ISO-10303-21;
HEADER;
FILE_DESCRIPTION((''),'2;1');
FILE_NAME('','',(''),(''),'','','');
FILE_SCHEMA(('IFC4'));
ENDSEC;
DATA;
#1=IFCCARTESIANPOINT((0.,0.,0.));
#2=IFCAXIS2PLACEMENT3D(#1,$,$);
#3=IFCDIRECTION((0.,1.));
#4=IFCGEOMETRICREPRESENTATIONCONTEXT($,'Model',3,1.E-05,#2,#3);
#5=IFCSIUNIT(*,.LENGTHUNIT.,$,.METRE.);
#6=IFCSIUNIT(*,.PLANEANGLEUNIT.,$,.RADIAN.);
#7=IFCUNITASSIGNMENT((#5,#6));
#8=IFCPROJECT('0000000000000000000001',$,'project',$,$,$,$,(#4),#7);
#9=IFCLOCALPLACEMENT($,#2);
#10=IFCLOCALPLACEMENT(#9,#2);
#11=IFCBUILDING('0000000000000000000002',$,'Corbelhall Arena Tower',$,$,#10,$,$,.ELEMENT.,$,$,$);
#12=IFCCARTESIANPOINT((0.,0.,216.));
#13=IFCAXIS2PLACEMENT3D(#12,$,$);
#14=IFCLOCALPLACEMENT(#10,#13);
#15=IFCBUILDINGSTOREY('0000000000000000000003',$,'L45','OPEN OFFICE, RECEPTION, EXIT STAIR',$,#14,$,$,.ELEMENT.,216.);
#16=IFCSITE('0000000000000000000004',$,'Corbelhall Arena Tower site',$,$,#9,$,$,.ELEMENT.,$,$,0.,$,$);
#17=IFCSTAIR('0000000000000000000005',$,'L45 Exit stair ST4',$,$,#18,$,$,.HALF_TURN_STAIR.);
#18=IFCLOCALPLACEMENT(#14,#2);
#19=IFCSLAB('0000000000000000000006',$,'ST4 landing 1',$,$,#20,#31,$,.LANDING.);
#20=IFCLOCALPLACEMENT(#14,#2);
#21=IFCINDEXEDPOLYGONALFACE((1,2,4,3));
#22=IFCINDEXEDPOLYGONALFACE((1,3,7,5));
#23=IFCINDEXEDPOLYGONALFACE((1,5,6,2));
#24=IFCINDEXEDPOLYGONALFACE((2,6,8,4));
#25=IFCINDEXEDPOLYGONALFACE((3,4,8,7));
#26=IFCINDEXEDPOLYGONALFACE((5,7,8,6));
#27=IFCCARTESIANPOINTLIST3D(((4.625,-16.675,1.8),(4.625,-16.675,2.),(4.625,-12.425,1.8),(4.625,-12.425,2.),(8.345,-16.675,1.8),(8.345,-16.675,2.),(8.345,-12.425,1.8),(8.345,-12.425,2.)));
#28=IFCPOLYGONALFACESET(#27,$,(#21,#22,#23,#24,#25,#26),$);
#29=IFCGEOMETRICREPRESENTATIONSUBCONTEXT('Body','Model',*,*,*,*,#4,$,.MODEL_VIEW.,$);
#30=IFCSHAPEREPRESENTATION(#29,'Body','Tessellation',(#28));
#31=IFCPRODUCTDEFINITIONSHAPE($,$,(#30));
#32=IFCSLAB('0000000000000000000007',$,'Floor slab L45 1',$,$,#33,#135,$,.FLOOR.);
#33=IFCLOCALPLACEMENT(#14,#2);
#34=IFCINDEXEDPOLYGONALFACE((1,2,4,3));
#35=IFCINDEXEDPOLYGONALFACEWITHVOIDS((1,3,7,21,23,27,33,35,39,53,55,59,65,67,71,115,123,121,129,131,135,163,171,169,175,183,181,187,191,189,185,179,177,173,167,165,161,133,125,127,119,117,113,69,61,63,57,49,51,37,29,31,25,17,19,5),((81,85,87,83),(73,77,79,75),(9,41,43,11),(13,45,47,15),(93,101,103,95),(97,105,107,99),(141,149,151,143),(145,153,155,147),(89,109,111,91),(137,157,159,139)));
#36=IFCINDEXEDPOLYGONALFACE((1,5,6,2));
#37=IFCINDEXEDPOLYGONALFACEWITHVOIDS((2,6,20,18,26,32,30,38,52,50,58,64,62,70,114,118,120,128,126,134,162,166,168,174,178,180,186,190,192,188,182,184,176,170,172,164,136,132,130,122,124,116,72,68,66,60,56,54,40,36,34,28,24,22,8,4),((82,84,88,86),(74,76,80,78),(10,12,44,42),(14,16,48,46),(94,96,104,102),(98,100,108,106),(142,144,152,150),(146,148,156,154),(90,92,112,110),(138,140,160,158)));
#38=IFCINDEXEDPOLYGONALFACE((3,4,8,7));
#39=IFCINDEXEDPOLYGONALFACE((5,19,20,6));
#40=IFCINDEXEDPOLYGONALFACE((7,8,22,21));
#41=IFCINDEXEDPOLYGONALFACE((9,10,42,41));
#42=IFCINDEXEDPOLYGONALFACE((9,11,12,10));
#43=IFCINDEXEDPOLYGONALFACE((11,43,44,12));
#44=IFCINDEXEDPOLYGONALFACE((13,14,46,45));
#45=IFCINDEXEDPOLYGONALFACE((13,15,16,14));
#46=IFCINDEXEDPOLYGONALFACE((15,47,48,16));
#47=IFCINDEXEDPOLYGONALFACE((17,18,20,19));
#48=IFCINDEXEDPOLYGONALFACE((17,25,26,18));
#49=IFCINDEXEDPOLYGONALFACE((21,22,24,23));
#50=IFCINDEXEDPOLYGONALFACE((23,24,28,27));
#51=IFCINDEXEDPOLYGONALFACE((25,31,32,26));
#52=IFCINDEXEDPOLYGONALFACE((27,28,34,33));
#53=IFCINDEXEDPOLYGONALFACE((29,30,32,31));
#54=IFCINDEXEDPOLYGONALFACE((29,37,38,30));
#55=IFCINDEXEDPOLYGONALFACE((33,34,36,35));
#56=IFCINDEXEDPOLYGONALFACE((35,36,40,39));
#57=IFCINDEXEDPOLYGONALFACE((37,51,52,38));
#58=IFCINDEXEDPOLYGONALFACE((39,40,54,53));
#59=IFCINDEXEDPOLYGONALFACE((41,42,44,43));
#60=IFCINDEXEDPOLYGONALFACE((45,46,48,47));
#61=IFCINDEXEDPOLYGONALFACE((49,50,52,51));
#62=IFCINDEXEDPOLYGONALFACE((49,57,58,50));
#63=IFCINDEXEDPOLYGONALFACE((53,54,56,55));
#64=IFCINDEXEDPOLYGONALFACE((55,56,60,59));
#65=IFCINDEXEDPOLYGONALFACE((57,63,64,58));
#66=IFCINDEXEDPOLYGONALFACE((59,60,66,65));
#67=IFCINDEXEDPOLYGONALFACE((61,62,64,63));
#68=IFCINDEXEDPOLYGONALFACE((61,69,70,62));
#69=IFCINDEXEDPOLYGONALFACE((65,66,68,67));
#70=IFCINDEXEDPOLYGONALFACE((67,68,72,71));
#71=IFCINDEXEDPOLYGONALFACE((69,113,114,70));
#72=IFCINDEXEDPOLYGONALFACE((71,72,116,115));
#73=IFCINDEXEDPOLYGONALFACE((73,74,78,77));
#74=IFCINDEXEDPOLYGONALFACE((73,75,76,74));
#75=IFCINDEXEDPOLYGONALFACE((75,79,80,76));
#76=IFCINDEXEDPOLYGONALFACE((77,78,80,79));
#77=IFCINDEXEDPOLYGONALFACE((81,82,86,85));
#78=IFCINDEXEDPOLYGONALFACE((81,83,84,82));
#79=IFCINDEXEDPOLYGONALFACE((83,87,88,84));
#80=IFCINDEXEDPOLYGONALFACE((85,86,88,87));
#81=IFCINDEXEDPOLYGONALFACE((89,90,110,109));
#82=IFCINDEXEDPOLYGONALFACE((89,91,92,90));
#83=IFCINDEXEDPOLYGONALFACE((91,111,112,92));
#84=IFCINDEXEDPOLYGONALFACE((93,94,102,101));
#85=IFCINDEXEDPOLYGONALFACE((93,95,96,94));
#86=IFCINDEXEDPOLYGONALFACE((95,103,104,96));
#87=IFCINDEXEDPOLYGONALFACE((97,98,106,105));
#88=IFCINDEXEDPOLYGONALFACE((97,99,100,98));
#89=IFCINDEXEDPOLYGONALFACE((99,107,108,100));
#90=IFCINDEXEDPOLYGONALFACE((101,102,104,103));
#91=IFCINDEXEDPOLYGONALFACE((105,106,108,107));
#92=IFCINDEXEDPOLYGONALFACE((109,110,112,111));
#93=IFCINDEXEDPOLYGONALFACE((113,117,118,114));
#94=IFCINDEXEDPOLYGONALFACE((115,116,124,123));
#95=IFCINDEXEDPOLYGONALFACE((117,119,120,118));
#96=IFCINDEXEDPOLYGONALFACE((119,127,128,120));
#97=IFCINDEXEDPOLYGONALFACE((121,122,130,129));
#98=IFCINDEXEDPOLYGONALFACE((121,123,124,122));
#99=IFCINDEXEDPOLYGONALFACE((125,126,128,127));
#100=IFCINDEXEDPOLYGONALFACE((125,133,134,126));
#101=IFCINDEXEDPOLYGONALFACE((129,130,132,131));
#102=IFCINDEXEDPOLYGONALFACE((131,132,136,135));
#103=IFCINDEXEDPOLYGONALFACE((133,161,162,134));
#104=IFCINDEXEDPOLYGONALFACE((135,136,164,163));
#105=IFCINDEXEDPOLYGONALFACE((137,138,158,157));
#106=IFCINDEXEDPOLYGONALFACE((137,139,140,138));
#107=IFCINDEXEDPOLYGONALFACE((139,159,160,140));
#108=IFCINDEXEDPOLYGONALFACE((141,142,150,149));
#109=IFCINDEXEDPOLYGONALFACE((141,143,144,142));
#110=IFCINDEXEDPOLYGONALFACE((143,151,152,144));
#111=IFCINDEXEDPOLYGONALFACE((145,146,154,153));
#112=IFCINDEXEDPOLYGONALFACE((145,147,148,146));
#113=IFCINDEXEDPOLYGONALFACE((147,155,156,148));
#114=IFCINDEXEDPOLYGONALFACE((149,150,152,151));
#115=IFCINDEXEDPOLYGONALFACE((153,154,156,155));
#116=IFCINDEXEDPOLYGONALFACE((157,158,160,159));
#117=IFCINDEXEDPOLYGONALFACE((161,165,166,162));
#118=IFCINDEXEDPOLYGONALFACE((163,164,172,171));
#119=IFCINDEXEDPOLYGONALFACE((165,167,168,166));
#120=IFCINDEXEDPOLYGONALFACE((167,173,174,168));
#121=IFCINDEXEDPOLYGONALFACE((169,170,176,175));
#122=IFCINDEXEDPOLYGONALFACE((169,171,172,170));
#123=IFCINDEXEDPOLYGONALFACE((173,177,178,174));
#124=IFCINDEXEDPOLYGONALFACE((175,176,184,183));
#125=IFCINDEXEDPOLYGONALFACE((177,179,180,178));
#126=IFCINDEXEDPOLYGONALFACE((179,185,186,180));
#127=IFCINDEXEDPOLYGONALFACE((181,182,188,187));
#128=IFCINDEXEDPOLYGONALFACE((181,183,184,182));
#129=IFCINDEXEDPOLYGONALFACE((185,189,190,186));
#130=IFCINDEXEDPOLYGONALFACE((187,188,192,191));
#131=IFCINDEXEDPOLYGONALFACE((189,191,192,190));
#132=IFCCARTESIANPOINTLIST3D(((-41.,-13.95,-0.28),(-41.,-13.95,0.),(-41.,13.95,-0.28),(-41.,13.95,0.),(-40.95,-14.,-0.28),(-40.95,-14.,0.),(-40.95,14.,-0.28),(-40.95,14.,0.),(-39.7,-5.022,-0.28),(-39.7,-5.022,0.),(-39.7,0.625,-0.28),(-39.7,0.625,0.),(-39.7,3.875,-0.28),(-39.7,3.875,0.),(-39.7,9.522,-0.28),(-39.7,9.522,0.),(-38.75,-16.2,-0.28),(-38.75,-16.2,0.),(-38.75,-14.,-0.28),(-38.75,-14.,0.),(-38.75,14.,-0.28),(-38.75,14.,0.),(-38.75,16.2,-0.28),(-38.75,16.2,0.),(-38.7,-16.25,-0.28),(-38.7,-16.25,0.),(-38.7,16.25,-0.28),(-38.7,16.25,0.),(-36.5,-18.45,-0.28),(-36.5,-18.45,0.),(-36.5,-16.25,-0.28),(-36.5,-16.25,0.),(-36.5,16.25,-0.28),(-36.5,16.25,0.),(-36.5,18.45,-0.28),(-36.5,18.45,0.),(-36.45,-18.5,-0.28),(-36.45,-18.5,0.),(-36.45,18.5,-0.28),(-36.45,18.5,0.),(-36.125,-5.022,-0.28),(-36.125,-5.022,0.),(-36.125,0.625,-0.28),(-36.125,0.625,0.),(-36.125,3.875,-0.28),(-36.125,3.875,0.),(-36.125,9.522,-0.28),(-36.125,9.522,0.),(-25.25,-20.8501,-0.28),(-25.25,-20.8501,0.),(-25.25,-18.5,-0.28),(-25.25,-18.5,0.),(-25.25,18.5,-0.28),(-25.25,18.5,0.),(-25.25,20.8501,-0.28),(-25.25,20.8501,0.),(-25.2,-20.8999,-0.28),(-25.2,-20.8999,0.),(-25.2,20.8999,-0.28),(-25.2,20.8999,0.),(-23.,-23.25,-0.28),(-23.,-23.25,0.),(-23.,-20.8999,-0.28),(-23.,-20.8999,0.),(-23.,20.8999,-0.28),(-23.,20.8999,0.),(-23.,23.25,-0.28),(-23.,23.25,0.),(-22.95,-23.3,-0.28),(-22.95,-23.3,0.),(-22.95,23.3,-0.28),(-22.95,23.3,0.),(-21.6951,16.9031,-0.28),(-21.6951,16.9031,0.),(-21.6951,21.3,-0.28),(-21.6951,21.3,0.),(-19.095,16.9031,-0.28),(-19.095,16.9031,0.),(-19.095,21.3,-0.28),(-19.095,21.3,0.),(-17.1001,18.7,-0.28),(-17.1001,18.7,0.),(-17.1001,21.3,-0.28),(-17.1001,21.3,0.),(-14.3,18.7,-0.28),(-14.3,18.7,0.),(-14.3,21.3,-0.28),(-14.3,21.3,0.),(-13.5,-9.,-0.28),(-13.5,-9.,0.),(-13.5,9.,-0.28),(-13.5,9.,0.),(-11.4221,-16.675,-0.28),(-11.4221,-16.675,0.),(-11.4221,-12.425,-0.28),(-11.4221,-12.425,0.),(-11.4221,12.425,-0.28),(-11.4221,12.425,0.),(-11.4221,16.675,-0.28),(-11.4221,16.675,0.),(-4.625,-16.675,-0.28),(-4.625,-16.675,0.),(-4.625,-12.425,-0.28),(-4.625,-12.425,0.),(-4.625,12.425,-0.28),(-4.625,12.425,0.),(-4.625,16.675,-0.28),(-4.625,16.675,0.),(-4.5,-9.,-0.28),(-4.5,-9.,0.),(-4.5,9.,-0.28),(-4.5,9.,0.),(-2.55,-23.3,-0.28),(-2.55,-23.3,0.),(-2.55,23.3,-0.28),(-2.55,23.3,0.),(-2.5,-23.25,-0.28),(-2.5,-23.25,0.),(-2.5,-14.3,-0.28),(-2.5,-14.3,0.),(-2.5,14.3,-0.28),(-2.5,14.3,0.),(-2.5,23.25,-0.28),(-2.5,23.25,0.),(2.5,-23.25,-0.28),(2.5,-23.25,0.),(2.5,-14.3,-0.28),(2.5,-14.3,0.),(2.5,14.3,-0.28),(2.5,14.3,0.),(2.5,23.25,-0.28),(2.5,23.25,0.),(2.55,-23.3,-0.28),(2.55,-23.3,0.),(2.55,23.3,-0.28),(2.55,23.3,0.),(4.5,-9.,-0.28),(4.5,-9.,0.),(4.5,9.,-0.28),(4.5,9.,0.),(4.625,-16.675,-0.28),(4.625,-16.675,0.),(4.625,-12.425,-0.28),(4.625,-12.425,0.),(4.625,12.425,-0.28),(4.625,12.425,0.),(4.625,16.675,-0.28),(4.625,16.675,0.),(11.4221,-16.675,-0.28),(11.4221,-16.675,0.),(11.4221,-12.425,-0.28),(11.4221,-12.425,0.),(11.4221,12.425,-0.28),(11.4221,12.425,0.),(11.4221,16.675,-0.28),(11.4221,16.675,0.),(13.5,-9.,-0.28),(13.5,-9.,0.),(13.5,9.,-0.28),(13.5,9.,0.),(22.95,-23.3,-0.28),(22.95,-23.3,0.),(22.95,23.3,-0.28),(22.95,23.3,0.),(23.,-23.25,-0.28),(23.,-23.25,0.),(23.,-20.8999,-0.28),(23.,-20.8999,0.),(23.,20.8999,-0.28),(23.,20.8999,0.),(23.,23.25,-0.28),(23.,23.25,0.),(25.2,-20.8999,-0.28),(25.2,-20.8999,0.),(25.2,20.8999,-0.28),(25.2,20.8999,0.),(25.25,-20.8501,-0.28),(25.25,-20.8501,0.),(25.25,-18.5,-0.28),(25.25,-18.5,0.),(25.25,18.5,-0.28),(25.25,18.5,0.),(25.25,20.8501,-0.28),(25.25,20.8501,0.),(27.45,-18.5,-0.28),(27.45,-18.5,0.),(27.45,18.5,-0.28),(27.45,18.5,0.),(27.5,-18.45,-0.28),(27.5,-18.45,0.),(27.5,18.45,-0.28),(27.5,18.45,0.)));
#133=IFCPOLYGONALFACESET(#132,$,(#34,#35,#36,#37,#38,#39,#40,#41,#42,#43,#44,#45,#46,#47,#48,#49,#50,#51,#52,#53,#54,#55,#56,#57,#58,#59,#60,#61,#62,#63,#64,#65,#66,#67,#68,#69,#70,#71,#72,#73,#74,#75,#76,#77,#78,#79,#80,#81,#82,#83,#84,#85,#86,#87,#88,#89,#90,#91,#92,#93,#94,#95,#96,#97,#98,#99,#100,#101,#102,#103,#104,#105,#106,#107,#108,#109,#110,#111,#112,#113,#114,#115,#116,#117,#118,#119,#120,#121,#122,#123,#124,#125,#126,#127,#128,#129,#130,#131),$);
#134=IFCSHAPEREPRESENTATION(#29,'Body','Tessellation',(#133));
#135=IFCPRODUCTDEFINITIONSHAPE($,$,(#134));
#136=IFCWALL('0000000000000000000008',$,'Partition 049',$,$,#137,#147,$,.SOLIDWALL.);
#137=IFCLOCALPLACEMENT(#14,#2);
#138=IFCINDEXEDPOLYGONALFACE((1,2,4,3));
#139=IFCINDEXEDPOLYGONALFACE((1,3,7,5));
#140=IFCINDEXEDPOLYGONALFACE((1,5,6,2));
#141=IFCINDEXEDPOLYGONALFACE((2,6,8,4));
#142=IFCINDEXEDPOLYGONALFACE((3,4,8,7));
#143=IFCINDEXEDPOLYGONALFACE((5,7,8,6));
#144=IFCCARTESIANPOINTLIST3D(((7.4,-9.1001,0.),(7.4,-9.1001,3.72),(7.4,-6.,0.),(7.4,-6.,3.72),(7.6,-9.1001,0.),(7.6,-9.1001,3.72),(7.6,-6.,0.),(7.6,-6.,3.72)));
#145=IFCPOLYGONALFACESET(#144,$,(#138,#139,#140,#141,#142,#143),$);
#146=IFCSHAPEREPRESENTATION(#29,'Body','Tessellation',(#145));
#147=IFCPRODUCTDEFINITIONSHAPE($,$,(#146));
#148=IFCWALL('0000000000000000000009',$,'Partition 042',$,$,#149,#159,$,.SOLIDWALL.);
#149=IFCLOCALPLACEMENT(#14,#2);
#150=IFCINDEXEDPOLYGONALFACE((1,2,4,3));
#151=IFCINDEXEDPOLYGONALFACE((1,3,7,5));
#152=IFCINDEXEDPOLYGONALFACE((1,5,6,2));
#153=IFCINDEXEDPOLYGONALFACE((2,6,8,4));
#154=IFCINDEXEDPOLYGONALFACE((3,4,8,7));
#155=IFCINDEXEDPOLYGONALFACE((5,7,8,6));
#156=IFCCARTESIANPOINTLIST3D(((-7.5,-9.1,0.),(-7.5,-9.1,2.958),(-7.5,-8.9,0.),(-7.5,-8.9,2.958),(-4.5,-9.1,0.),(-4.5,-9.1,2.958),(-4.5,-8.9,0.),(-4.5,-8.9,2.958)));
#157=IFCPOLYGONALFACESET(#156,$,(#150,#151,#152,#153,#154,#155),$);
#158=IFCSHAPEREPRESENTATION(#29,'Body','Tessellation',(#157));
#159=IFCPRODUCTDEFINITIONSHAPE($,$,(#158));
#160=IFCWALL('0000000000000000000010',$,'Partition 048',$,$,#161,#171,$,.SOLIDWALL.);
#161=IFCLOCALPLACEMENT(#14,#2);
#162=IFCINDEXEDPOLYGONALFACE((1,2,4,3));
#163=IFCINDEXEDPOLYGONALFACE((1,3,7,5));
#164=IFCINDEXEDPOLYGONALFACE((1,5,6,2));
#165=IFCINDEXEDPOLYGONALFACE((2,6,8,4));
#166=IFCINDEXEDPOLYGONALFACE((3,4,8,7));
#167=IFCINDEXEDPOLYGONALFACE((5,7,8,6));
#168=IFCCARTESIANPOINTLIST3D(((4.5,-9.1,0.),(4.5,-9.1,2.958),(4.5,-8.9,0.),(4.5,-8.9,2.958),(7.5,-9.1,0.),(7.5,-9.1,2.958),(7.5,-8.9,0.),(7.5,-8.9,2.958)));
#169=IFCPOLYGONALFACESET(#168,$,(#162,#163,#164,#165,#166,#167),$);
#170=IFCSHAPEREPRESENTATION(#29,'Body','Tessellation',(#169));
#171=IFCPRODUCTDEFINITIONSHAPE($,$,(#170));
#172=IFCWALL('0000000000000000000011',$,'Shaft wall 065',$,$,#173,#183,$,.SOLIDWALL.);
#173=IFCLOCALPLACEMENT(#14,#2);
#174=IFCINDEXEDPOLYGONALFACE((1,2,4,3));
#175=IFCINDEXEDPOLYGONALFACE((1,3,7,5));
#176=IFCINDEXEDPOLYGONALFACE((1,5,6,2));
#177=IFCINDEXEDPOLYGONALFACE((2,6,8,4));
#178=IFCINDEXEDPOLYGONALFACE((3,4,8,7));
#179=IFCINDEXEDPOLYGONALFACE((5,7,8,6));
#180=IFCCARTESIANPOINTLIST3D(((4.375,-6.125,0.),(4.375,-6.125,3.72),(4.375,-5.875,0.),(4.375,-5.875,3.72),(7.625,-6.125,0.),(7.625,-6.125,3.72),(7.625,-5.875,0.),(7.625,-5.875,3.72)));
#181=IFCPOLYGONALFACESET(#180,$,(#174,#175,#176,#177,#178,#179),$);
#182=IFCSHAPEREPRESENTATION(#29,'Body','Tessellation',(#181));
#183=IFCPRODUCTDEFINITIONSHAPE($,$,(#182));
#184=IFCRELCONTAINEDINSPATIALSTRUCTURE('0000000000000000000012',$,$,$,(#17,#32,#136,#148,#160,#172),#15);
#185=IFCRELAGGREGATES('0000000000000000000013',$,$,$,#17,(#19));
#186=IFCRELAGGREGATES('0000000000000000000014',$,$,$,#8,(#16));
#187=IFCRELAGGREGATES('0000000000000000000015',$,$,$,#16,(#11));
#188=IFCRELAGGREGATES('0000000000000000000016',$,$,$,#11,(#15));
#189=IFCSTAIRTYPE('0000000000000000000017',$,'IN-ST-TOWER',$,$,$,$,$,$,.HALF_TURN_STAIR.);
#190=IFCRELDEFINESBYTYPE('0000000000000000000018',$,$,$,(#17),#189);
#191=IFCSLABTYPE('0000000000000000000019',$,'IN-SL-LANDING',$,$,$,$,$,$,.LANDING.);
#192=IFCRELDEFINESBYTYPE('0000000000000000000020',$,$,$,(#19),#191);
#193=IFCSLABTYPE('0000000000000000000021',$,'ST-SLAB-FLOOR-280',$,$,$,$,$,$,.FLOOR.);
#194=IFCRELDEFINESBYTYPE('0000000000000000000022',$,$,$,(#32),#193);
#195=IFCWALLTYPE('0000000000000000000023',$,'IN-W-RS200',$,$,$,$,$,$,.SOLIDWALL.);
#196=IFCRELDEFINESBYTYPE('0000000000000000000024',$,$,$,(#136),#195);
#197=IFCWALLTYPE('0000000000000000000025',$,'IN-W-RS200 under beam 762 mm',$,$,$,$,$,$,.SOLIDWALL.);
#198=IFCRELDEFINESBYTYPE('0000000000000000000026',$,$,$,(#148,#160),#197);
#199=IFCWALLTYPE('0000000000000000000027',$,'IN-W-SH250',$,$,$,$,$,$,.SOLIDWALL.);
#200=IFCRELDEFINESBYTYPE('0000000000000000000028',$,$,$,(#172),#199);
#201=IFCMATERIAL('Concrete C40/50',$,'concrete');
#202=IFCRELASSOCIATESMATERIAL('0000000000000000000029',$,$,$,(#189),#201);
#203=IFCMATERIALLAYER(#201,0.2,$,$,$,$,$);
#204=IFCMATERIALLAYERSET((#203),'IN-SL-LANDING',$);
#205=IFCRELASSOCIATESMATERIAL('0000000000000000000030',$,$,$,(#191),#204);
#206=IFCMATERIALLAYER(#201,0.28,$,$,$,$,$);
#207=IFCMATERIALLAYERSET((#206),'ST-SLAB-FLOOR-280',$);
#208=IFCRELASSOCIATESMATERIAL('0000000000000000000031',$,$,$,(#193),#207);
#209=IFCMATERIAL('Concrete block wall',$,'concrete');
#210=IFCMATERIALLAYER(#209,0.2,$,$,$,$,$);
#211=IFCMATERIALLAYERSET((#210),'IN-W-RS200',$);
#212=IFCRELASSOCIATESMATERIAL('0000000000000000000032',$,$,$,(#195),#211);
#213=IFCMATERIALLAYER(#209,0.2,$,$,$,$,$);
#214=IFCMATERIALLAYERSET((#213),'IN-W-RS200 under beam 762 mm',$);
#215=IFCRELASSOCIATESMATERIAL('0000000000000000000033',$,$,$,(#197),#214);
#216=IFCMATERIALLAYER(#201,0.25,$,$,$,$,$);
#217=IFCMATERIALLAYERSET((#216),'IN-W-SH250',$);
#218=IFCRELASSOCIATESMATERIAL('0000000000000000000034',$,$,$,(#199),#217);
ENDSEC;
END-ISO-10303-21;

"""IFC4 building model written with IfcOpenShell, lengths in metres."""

from ifc_helpers import new_model, si_unit, direction, frame, frame_2d, origin, place, context, subcontext, project, spatial, polyline, rectangle, outline, extrude, material, layer, layer_set, type_object, element, aggregate, save


model = new_model("IFC4")

# Units and contexts
model_context = context("Model", 3, precision=1e-05, world=origin(), true_north=direction((0.0, 1.0)))
body_context = subcontext(model_context, "Body", "Model", "MODEL_VIEW")
ifc_project = project(units=[si_unit("LENGTHUNIT", "METRE"), si_unit("PLANEANGLEUNIT", "RADIAN")], contexts=[model_context])

# Site, building, storey
site_placement = place(None, origin())
site = spatial("IfcSite", under=ifc_project, at=site_placement, Name="Corbelhall Arena Tower site", CompositionType="ELEMENT", RefElevation=0.0)
building_placement = place(site_placement, origin())
building = spatial("IfcBuilding", under=site, at=building_placement, Name="Corbelhall Arena Tower", CompositionType="ELEMENT")
storey_placement = place(building_placement, frame((0.0, 0.0, 216.0)))
storey = spatial("IfcBuildingStorey", under=building, at=storey_placement, Name="L45", Description="OPEN OFFICE, RECEPTION, EXIT STAIR", CompositionType="ELEMENT", Elevation=216.0)

# Shared definitions
ifc_material_1 = material(Name="Concrete C40/50", Category="concrete")

# Stair, slab
stair_type = type_object("IfcStairType", Name="IN-ST-TOWER", PredefinedType="HALF_TURN_STAIR", material=ifc_material_1)
ifc_layer_1 = layer(ifc_material_1, 0.2)
ifc_layer_set_1 = layer_set([ifc_layer_1], Name="IN-SL-LANDING")
slab_type_1 = type_object("IfcSlabType", Name="IN-SL-LANDING", PredefinedType="LANDING", material=ifc_layer_set_1)
stair_1_placement = place(storey_placement, origin())
stair_1 = element("IfcStair", 1, at=stair_1_placement, inside=storey, type_object=stair_type, Name="L45 Exit stair ST4", PredefinedType="HALF_TURN_STAIR")
slab_1_placement = place(storey_placement, frame((0.0, 0.0, 1.8)))
slab_1 = element("IfcSlab", 2, at=slab_1_placement, type_object=slab_type_1, Name="ST4 landing 1", PredefinedType="LANDING", context=body_context, shape_type="SweptSolid", body=[
    extrude(outline(polyline([(8.345, -12.425), (4.625, -12.425), (4.625, -16.675), (8.345, -16.675), (8.345, -12.425)])), origin(), (0.0, 0.0, 1.0), 0.2),
])
aggregate(stair_1, [slab_1])

# Slab
ifc_layer_2 = layer(ifc_material_1, 0.28)
ifc_layer_set_2 = layer_set([ifc_layer_2], Name="ST-SLAB-FLOOR-280")
slab_type_2 = type_object("IfcSlabType", Name="ST-SLAB-FLOOR-280", PredefinedType="FLOOR", material=ifc_layer_set_2)
slab_2_placement = place(storey_placement, frame((0.0, 0.0, -0.28)))
element("IfcSlab", 3, at=slab_2_placement, inside=storey, type_object=slab_type_2, Name="Floor slab L45 1", PredefinedType="FLOOR", context=body_context, shape_type="SweptSolid", body=[
    extrude(outline(polyline([(23.0, 23.25), (22.95, 23.3), (2.55, 23.3), (2.5, 23.25), (2.5, 14.3), (-2.5, 14.3), (-2.5, 23.25), (-2.55, 23.3), (-22.95, 23.3), (-23.0, 23.25), (-23.0, 20.8999), (-25.2, 20.8999), (-25.25, 20.8501), (-25.25, 18.5), (-36.45, 18.5), (-36.5, 18.45), (-36.5, 16.25), (-38.7, 16.25), (-38.75, 16.2), (-38.75, 14.0), (-40.95, 14.0), (-41.0, 13.95), (-41.0, -13.95), (-40.95, -14.0), (-38.75, -14.0), (-38.75, -16.2), (-38.7, -16.25), (-36.5, -16.25), (-36.5, -18.45), (-36.45, -18.5), (-25.25, -18.5), (-25.25, -20.8501), (-25.2, -20.8999), (-23.0, -20.8999), (-23.0, -23.25), (-22.95, -23.3), (-2.55, -23.3), (-2.5, -23.25), (-2.5, -14.3), (2.5, -14.3), (2.5, -23.25), (2.55, -23.3), (22.95, -23.3), (23.0, -23.25), (23.0, -20.8999), (25.2, -20.8999), (25.25, -20.8501), (25.25, -18.5), (27.45, -18.5), (27.5, -18.45), (27.5, 18.45), (27.45, 18.5), (25.25, 18.5), (25.25, 20.8501), (25.2, 20.8999), (23.0, 20.8999), (23.0, 23.25)]), holes=[polyline([(-4.5, -9.0), (-4.5, 9.0), (-13.5, 9.0), (-13.5, -9.0), (-4.5, -9.0)]), polyline([(13.5, -9.0), (13.5, 9.0), (4.5, 9.0), (4.5, -9.0), (13.5, -9.0)]), polyline([(-11.4221, 12.425), (-4.625, 12.425), (-4.625, 16.675), (-11.4221, 16.675), (-11.4221, 12.425)]), polyline([(-11.4221, -12.425), (-11.4221, -16.675), (-4.625, -16.675), (-4.625, -12.425), (-11.4221, -12.425)]), polyline([(4.625, 12.425), (11.4221, 12.425), (11.4221, 16.675), (4.625, 16.675), (4.625, 12.425)]), polyline([(4.625, -12.425), (4.625, -16.675), (11.4221, -16.675), (11.4221, -12.425), (4.625, -12.425)]), polyline([(-39.7, 9.522), (-39.7, 3.875), (-36.125, 3.875), (-36.125, 9.522), (-39.7, 9.522)]), polyline([(-39.7, -5.022), (-36.125, -5.022), (-36.125, 0.625), (-39.7, 0.625), (-39.7, -5.022)]), polyline([(-21.6951, 21.3), (-21.6951, 16.9031), (-19.095, 16.9031), (-19.095, 21.3), (-21.6951, 21.3)]), polyline([(-14.3, 21.3), (-17.1001, 21.3), (-17.1001, 18.7), (-14.3, 18.7), (-14.3, 21.3)])]), origin(), (0.0, 0.0, 1.0), 0.28),
])

# Walls
ifc_material_2 = material(Name="Concrete block wall", Category="concrete")
ifc_layer_3 = layer(ifc_material_2, 0.2)
ifc_layer_set_3 = layer_set([ifc_layer_3], Name="IN-W-RS200")
wall_type_1 = type_object("IfcWallType", Name="IN-W-RS200", PredefinedType="SOLIDWALL", material=ifc_layer_set_3)
wall_1_placement = place(storey_placement, frame((7.5, -6.0, 0.0), z_axis=(0.0, 0.0, 1.0), x_axis=(0.0, -1.0, 0.0)))
element("IfcWall", 4, at=wall_1_placement, inside=storey, type_object=wall_type_1, Name="Partition 049", PredefinedType="SOLIDWALL", context=body_context, shape_type="SweptSolid", body=[
    extrude(rectangle(XDim=3.1001, YDim=0.2, at=frame_2d((1.55, 0.0))), origin(), (0.0, 0.0, 1.0), 3.72),
])
ifc_layer_4 = layer(ifc_material_2, 0.2)
ifc_layer_set_4 = layer_set([ifc_layer_4], Name="IN-W-RS200 under beam 762 mm")
wall_type_2 = type_object("IfcWallType", Name="IN-W-RS200 under beam 762 mm", PredefinedType="SOLIDWALL", material=ifc_layer_set_4)
wall_2_placement = place(storey_placement, frame((-4.5, -9.0, 0.0), z_axis=(0.0, 0.0, 1.0), x_axis=(-1.0, 0.0, 0.0)))
element("IfcWall", 5, at=wall_2_placement, inside=storey, type_object=wall_type_2, Name="Partition 042", PredefinedType="SOLIDWALL", context=body_context, shape_type="SweptSolid", body=[
    extrude(rectangle(XDim=3.0, YDim=0.2, at=frame_2d((1.5, 0.0))), origin(), (0.0, 0.0, 1.0), 2.958),
])

# Walls
wall_3_placement = place(storey_placement, frame((7.5, -9.0, 0.0), z_axis=(0.0, 0.0, 1.0), x_axis=(-1.0, 0.0, 0.0)))
element("IfcWall", 6, at=wall_3_placement, inside=storey, type_object=wall_type_2, Name="Partition 048", PredefinedType="SOLIDWALL", context=body_context, shape_type="SweptSolid", body=[
    extrude(rectangle(XDim=3.0, YDim=0.2, at=frame_2d((1.5, 0.0))), origin(), (0.0, 0.0, 1.0), 2.958),
])
ifc_layer_5 = layer(ifc_material_1, 0.25)
ifc_layer_set_5 = layer_set([ifc_layer_5], Name="IN-W-SH250")
wall_type_3 = type_object("IfcWallType", Name="IN-W-SH250", PredefinedType="SOLIDWALL", material=ifc_layer_set_5)
wall_4_placement = place(storey_placement, frame((4.375, -6.0, 0.0), z_axis=(0.0, 0.0, 1.0), x_axis=(1.0, 0.0, 0.0)))
element("IfcWall", 7, at=wall_4_placement, inside=storey, type_object=wall_type_3, Name="Shaft wall 065", PredefinedType="SOLIDWALL", context=body_context, shape_type="SweptSolid", body=[
    extrude(rectangle(XDim=3.25, YDim=0.25, at=frame_2d((1.625, 0.0))), origin(), (0.0, 0.0, 1.0), 3.72),
])

save(model, "model.ifc")
